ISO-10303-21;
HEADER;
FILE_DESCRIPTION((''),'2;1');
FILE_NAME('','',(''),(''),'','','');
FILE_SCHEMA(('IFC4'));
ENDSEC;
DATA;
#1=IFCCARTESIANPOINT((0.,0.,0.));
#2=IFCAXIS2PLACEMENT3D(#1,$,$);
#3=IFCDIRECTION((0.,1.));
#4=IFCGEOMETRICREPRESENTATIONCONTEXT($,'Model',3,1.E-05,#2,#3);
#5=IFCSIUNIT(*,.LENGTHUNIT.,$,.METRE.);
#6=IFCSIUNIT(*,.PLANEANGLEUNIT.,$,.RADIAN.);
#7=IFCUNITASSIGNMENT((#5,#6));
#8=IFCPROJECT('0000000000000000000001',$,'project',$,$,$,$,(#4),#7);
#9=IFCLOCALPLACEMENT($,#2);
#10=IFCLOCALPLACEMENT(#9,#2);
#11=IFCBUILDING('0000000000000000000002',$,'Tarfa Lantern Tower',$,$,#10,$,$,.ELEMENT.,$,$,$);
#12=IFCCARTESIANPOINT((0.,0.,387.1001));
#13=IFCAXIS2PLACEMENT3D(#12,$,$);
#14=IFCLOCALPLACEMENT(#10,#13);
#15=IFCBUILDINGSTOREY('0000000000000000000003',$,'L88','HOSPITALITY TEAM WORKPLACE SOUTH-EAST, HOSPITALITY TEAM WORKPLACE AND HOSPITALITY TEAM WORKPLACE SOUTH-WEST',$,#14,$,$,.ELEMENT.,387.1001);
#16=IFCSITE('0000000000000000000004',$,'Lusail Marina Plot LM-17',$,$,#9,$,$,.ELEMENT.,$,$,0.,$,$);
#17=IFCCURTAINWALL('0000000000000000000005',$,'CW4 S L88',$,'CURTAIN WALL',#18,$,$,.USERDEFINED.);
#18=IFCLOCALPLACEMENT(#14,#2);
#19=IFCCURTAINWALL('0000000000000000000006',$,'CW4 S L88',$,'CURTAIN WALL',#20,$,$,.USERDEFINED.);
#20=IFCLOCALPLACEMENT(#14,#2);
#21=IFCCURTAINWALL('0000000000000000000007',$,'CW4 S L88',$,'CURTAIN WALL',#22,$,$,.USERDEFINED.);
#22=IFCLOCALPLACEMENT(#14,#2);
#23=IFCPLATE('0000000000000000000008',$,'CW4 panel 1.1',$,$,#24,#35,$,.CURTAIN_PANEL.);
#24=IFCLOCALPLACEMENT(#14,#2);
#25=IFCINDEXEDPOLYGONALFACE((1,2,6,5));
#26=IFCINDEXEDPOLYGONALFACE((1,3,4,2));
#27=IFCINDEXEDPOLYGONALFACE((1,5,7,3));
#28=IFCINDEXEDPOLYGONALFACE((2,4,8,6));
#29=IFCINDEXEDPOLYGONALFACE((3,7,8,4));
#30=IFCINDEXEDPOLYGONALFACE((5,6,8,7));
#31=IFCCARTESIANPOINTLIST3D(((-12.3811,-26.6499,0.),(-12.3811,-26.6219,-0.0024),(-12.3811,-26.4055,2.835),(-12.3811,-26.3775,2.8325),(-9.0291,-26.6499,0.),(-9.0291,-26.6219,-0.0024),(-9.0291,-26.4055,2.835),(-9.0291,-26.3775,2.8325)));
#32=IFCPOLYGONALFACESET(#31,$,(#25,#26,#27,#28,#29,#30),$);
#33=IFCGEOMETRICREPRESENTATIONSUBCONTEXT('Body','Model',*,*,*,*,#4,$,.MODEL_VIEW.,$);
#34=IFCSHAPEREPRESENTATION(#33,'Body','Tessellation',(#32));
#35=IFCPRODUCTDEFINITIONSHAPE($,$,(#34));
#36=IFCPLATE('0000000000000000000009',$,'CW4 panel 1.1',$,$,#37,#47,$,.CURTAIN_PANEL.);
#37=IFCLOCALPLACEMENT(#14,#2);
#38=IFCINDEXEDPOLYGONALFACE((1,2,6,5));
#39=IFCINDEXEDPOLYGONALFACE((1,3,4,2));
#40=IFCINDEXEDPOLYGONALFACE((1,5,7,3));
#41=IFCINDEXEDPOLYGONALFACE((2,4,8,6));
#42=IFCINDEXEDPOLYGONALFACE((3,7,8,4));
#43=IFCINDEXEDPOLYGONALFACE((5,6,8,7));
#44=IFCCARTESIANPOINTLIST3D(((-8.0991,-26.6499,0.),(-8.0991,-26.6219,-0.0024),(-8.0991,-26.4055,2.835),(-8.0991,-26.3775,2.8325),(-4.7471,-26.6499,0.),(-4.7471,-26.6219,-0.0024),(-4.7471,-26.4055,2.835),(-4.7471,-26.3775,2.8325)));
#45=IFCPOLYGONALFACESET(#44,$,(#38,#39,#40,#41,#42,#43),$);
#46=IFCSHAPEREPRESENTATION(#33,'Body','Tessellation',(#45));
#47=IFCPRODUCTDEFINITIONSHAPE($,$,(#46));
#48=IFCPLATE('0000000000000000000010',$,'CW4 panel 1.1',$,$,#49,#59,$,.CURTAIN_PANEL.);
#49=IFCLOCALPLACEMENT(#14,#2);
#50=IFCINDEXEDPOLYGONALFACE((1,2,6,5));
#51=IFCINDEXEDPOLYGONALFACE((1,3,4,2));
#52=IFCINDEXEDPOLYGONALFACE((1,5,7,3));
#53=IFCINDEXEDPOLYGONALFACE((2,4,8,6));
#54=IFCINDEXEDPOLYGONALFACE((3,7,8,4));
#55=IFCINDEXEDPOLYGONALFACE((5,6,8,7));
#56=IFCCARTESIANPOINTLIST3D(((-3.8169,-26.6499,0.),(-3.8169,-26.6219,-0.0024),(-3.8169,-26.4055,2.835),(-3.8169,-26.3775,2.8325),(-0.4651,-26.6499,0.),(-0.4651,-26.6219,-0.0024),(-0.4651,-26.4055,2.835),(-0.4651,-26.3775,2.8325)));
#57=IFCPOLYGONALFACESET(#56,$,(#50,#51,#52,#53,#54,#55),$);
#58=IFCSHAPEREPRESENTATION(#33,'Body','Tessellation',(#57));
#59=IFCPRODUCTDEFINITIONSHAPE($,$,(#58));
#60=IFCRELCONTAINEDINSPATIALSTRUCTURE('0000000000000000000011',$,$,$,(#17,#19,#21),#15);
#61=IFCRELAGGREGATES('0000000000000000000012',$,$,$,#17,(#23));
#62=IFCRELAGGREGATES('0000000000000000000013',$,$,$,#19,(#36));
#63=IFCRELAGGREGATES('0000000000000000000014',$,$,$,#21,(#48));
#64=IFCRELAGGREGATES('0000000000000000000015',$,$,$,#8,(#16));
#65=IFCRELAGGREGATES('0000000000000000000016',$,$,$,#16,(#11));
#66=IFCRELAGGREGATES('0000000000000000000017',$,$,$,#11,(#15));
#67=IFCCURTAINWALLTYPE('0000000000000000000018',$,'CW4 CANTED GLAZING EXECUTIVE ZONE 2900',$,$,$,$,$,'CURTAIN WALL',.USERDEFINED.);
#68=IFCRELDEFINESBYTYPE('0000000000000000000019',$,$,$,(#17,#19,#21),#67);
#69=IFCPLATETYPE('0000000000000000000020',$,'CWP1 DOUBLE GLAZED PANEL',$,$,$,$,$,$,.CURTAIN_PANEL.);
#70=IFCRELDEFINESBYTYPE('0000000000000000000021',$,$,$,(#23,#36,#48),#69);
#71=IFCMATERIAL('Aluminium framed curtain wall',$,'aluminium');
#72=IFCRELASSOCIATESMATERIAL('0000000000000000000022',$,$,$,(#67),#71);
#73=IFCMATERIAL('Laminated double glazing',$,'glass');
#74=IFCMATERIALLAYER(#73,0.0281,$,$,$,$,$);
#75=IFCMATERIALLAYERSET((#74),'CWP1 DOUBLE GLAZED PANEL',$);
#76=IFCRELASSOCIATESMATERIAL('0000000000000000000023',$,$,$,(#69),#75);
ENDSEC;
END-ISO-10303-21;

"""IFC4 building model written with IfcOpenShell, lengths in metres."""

from ifc_helpers import new_model, si_unit, direction, frame, origin, place, context, subcontext, project, spatial, polyline, outline, extrude, material, layer, layer_set, type_object, element, aggregate, save


model = new_model("IFC4")

# Units and contexts
model_context = context("Model", 3, precision=1e-05, world=origin(), true_north=direction((0.0, 1.0)))
body_context = subcontext(model_context, "Body", "Model", "MODEL_VIEW")
ifc_project = project(units=[si_unit("LENGTHUNIT", "METRE"), si_unit("PLANEANGLEUNIT", "RADIAN")], contexts=[model_context])

# Site, building, storey
site_placement = place(None, origin())
site = spatial("IfcSite", under=ifc_project, at=site_placement, Name="Lusail Marina Plot LM-17", CompositionType="ELEMENT", RefElevation=0.0)
building_placement = place(site_placement, origin())
building = spatial("IfcBuilding", under=site, at=building_placement, Name="Tarfa Lantern Tower", CompositionType="ELEMENT")
storey_placement = place(building_placement, frame((0.0, 0.0, 387.1001)))
storey = spatial("IfcBuildingStorey", under=building, at=storey_placement, Name="L88", Description="HOSPITALITY TEAM WORKPLACE SOUTH-EAST, HOSPITALITY TEAM WORKPLACE AND HOSPITALITY TEAM WORKPLACE SOUTH-WEST", CompositionType="ELEMENT", Elevation=387.1001)

# Curtain wall
ifc_material_1 = material(Name="Aluminium framed curtain wall", Category="aluminium")
curtain_wall_type = type_object("IfcCurtainWallType", Name="CW4 CANTED GLAZING EXECUTIVE ZONE 2900", ElementType="CURTAIN WALL", PredefinedType="USERDEFINED", material=ifc_material_1)
curtain_wall_1_placement = place(storey_placement, origin())
curtain_wall_1 = element("IfcCurtainWall", 1, at=curtain_wall_1_placement, inside=storey, type_object=curtain_wall_type, Name="CW4 S L88", ObjectType="CURTAIN WALL", PredefinedType="USERDEFINED")

# Curtain walls
curtain_wall_2_placement = place(storey_placement, origin())
curtain_wall_2 = element("IfcCurtainWall", 2, at=curtain_wall_2_placement, inside=storey, type_object=curtain_wall_type, Name="CW4 S L88", ObjectType="CURTAIN WALL", PredefinedType="USERDEFINED")
curtain_wall_3_placement = place(storey_placement, origin())
curtain_wall_3 = element("IfcCurtainWall", 3, at=curtain_wall_3_placement, inside=storey, type_object=curtain_wall_type, Name="CW4 S L88", ObjectType="CURTAIN WALL", PredefinedType="USERDEFINED")

# Plates
ifc_material_2 = material(Name="Laminated double glazing", Category="glass")
ifc_layer = layer(ifc_material_2, 0.0281)
ifc_layer_set = layer_set([ifc_layer], Name="CWP1 DOUBLE GLAZED PANEL")
plate_type = type_object("IfcPlateType", Name="CWP1 DOUBLE GLAZED PANEL", PredefinedType="CURTAIN_PANEL", material=ifc_layer_set)
plate_1_placement = place(storey_placement, frame((-12.3811, -26.6499, 0.0), z_axis=(0.0, -0.996305, 0.085885), x_axis=(1.0, 0.0, 0.0)))
plate_1 = element("IfcPlate", 4, at=plate_1_placement, type_object=plate_type, Name="CW4 panel 1.1", PredefinedType="CURTAIN_PANEL", context=body_context, shape_type="SweptSolid", body=[
    extrude(outline(polyline([(0.0, 0.0), (3.3521, 0.0), (3.3521, 2.8455), (0.0, 2.8455), (0.0, 0.0)])), origin(), (0.0, 0.0, -1.0), 0.0281),
])
aggregate(curtain_wall_1, [plate_1])
plate_2_placement = place(storey_placement, frame((-8.0991, -26.6499, 0.0), z_axis=(0.0, -0.996305, 0.085885), x_axis=(1.0, 0.0, 0.0)))
plate_2 = element("IfcPlate", 5, at=plate_2_placement, type_object=plate_type, Name="CW4 panel 1.1", PredefinedType="CURTAIN_PANEL", context=body_context, shape_type="SweptSolid", body=[
    extrude(outline(polyline([(0.0, 0.0), (3.3521, 0.0), (3.3521, 2.8455), (0.0, 2.8455), (0.0, 0.0)])), origin(), (0.0, 0.0, -1.0), 0.0281),
])
aggregate(curtain_wall_2, [plate_2])
plate_3_placement = place(storey_placement, frame((-3.8169, -26.6499, 0.0), z_axis=(0.0, -0.996305, 0.085885), x_axis=(1.0, 0.0, 0.0)))
plate_3 = element("IfcPlate", 6, at=plate_3_placement, type_object=plate_type, Name="CW4 panel 1.1", PredefinedType="CURTAIN_PANEL", context=body_context, shape_type="SweptSolid", body=[
    extrude(outline(polyline([(0.0, 0.0), (3.3518, 0.0), (3.3518, 2.8455), (0.0, 2.8455), (0.0, 0.0)])), origin(), (0.0, 0.0, -1.0), 0.0281),
])
aggregate(curtain_wall_3, [plate_3])

save(model, "model.ifc")
